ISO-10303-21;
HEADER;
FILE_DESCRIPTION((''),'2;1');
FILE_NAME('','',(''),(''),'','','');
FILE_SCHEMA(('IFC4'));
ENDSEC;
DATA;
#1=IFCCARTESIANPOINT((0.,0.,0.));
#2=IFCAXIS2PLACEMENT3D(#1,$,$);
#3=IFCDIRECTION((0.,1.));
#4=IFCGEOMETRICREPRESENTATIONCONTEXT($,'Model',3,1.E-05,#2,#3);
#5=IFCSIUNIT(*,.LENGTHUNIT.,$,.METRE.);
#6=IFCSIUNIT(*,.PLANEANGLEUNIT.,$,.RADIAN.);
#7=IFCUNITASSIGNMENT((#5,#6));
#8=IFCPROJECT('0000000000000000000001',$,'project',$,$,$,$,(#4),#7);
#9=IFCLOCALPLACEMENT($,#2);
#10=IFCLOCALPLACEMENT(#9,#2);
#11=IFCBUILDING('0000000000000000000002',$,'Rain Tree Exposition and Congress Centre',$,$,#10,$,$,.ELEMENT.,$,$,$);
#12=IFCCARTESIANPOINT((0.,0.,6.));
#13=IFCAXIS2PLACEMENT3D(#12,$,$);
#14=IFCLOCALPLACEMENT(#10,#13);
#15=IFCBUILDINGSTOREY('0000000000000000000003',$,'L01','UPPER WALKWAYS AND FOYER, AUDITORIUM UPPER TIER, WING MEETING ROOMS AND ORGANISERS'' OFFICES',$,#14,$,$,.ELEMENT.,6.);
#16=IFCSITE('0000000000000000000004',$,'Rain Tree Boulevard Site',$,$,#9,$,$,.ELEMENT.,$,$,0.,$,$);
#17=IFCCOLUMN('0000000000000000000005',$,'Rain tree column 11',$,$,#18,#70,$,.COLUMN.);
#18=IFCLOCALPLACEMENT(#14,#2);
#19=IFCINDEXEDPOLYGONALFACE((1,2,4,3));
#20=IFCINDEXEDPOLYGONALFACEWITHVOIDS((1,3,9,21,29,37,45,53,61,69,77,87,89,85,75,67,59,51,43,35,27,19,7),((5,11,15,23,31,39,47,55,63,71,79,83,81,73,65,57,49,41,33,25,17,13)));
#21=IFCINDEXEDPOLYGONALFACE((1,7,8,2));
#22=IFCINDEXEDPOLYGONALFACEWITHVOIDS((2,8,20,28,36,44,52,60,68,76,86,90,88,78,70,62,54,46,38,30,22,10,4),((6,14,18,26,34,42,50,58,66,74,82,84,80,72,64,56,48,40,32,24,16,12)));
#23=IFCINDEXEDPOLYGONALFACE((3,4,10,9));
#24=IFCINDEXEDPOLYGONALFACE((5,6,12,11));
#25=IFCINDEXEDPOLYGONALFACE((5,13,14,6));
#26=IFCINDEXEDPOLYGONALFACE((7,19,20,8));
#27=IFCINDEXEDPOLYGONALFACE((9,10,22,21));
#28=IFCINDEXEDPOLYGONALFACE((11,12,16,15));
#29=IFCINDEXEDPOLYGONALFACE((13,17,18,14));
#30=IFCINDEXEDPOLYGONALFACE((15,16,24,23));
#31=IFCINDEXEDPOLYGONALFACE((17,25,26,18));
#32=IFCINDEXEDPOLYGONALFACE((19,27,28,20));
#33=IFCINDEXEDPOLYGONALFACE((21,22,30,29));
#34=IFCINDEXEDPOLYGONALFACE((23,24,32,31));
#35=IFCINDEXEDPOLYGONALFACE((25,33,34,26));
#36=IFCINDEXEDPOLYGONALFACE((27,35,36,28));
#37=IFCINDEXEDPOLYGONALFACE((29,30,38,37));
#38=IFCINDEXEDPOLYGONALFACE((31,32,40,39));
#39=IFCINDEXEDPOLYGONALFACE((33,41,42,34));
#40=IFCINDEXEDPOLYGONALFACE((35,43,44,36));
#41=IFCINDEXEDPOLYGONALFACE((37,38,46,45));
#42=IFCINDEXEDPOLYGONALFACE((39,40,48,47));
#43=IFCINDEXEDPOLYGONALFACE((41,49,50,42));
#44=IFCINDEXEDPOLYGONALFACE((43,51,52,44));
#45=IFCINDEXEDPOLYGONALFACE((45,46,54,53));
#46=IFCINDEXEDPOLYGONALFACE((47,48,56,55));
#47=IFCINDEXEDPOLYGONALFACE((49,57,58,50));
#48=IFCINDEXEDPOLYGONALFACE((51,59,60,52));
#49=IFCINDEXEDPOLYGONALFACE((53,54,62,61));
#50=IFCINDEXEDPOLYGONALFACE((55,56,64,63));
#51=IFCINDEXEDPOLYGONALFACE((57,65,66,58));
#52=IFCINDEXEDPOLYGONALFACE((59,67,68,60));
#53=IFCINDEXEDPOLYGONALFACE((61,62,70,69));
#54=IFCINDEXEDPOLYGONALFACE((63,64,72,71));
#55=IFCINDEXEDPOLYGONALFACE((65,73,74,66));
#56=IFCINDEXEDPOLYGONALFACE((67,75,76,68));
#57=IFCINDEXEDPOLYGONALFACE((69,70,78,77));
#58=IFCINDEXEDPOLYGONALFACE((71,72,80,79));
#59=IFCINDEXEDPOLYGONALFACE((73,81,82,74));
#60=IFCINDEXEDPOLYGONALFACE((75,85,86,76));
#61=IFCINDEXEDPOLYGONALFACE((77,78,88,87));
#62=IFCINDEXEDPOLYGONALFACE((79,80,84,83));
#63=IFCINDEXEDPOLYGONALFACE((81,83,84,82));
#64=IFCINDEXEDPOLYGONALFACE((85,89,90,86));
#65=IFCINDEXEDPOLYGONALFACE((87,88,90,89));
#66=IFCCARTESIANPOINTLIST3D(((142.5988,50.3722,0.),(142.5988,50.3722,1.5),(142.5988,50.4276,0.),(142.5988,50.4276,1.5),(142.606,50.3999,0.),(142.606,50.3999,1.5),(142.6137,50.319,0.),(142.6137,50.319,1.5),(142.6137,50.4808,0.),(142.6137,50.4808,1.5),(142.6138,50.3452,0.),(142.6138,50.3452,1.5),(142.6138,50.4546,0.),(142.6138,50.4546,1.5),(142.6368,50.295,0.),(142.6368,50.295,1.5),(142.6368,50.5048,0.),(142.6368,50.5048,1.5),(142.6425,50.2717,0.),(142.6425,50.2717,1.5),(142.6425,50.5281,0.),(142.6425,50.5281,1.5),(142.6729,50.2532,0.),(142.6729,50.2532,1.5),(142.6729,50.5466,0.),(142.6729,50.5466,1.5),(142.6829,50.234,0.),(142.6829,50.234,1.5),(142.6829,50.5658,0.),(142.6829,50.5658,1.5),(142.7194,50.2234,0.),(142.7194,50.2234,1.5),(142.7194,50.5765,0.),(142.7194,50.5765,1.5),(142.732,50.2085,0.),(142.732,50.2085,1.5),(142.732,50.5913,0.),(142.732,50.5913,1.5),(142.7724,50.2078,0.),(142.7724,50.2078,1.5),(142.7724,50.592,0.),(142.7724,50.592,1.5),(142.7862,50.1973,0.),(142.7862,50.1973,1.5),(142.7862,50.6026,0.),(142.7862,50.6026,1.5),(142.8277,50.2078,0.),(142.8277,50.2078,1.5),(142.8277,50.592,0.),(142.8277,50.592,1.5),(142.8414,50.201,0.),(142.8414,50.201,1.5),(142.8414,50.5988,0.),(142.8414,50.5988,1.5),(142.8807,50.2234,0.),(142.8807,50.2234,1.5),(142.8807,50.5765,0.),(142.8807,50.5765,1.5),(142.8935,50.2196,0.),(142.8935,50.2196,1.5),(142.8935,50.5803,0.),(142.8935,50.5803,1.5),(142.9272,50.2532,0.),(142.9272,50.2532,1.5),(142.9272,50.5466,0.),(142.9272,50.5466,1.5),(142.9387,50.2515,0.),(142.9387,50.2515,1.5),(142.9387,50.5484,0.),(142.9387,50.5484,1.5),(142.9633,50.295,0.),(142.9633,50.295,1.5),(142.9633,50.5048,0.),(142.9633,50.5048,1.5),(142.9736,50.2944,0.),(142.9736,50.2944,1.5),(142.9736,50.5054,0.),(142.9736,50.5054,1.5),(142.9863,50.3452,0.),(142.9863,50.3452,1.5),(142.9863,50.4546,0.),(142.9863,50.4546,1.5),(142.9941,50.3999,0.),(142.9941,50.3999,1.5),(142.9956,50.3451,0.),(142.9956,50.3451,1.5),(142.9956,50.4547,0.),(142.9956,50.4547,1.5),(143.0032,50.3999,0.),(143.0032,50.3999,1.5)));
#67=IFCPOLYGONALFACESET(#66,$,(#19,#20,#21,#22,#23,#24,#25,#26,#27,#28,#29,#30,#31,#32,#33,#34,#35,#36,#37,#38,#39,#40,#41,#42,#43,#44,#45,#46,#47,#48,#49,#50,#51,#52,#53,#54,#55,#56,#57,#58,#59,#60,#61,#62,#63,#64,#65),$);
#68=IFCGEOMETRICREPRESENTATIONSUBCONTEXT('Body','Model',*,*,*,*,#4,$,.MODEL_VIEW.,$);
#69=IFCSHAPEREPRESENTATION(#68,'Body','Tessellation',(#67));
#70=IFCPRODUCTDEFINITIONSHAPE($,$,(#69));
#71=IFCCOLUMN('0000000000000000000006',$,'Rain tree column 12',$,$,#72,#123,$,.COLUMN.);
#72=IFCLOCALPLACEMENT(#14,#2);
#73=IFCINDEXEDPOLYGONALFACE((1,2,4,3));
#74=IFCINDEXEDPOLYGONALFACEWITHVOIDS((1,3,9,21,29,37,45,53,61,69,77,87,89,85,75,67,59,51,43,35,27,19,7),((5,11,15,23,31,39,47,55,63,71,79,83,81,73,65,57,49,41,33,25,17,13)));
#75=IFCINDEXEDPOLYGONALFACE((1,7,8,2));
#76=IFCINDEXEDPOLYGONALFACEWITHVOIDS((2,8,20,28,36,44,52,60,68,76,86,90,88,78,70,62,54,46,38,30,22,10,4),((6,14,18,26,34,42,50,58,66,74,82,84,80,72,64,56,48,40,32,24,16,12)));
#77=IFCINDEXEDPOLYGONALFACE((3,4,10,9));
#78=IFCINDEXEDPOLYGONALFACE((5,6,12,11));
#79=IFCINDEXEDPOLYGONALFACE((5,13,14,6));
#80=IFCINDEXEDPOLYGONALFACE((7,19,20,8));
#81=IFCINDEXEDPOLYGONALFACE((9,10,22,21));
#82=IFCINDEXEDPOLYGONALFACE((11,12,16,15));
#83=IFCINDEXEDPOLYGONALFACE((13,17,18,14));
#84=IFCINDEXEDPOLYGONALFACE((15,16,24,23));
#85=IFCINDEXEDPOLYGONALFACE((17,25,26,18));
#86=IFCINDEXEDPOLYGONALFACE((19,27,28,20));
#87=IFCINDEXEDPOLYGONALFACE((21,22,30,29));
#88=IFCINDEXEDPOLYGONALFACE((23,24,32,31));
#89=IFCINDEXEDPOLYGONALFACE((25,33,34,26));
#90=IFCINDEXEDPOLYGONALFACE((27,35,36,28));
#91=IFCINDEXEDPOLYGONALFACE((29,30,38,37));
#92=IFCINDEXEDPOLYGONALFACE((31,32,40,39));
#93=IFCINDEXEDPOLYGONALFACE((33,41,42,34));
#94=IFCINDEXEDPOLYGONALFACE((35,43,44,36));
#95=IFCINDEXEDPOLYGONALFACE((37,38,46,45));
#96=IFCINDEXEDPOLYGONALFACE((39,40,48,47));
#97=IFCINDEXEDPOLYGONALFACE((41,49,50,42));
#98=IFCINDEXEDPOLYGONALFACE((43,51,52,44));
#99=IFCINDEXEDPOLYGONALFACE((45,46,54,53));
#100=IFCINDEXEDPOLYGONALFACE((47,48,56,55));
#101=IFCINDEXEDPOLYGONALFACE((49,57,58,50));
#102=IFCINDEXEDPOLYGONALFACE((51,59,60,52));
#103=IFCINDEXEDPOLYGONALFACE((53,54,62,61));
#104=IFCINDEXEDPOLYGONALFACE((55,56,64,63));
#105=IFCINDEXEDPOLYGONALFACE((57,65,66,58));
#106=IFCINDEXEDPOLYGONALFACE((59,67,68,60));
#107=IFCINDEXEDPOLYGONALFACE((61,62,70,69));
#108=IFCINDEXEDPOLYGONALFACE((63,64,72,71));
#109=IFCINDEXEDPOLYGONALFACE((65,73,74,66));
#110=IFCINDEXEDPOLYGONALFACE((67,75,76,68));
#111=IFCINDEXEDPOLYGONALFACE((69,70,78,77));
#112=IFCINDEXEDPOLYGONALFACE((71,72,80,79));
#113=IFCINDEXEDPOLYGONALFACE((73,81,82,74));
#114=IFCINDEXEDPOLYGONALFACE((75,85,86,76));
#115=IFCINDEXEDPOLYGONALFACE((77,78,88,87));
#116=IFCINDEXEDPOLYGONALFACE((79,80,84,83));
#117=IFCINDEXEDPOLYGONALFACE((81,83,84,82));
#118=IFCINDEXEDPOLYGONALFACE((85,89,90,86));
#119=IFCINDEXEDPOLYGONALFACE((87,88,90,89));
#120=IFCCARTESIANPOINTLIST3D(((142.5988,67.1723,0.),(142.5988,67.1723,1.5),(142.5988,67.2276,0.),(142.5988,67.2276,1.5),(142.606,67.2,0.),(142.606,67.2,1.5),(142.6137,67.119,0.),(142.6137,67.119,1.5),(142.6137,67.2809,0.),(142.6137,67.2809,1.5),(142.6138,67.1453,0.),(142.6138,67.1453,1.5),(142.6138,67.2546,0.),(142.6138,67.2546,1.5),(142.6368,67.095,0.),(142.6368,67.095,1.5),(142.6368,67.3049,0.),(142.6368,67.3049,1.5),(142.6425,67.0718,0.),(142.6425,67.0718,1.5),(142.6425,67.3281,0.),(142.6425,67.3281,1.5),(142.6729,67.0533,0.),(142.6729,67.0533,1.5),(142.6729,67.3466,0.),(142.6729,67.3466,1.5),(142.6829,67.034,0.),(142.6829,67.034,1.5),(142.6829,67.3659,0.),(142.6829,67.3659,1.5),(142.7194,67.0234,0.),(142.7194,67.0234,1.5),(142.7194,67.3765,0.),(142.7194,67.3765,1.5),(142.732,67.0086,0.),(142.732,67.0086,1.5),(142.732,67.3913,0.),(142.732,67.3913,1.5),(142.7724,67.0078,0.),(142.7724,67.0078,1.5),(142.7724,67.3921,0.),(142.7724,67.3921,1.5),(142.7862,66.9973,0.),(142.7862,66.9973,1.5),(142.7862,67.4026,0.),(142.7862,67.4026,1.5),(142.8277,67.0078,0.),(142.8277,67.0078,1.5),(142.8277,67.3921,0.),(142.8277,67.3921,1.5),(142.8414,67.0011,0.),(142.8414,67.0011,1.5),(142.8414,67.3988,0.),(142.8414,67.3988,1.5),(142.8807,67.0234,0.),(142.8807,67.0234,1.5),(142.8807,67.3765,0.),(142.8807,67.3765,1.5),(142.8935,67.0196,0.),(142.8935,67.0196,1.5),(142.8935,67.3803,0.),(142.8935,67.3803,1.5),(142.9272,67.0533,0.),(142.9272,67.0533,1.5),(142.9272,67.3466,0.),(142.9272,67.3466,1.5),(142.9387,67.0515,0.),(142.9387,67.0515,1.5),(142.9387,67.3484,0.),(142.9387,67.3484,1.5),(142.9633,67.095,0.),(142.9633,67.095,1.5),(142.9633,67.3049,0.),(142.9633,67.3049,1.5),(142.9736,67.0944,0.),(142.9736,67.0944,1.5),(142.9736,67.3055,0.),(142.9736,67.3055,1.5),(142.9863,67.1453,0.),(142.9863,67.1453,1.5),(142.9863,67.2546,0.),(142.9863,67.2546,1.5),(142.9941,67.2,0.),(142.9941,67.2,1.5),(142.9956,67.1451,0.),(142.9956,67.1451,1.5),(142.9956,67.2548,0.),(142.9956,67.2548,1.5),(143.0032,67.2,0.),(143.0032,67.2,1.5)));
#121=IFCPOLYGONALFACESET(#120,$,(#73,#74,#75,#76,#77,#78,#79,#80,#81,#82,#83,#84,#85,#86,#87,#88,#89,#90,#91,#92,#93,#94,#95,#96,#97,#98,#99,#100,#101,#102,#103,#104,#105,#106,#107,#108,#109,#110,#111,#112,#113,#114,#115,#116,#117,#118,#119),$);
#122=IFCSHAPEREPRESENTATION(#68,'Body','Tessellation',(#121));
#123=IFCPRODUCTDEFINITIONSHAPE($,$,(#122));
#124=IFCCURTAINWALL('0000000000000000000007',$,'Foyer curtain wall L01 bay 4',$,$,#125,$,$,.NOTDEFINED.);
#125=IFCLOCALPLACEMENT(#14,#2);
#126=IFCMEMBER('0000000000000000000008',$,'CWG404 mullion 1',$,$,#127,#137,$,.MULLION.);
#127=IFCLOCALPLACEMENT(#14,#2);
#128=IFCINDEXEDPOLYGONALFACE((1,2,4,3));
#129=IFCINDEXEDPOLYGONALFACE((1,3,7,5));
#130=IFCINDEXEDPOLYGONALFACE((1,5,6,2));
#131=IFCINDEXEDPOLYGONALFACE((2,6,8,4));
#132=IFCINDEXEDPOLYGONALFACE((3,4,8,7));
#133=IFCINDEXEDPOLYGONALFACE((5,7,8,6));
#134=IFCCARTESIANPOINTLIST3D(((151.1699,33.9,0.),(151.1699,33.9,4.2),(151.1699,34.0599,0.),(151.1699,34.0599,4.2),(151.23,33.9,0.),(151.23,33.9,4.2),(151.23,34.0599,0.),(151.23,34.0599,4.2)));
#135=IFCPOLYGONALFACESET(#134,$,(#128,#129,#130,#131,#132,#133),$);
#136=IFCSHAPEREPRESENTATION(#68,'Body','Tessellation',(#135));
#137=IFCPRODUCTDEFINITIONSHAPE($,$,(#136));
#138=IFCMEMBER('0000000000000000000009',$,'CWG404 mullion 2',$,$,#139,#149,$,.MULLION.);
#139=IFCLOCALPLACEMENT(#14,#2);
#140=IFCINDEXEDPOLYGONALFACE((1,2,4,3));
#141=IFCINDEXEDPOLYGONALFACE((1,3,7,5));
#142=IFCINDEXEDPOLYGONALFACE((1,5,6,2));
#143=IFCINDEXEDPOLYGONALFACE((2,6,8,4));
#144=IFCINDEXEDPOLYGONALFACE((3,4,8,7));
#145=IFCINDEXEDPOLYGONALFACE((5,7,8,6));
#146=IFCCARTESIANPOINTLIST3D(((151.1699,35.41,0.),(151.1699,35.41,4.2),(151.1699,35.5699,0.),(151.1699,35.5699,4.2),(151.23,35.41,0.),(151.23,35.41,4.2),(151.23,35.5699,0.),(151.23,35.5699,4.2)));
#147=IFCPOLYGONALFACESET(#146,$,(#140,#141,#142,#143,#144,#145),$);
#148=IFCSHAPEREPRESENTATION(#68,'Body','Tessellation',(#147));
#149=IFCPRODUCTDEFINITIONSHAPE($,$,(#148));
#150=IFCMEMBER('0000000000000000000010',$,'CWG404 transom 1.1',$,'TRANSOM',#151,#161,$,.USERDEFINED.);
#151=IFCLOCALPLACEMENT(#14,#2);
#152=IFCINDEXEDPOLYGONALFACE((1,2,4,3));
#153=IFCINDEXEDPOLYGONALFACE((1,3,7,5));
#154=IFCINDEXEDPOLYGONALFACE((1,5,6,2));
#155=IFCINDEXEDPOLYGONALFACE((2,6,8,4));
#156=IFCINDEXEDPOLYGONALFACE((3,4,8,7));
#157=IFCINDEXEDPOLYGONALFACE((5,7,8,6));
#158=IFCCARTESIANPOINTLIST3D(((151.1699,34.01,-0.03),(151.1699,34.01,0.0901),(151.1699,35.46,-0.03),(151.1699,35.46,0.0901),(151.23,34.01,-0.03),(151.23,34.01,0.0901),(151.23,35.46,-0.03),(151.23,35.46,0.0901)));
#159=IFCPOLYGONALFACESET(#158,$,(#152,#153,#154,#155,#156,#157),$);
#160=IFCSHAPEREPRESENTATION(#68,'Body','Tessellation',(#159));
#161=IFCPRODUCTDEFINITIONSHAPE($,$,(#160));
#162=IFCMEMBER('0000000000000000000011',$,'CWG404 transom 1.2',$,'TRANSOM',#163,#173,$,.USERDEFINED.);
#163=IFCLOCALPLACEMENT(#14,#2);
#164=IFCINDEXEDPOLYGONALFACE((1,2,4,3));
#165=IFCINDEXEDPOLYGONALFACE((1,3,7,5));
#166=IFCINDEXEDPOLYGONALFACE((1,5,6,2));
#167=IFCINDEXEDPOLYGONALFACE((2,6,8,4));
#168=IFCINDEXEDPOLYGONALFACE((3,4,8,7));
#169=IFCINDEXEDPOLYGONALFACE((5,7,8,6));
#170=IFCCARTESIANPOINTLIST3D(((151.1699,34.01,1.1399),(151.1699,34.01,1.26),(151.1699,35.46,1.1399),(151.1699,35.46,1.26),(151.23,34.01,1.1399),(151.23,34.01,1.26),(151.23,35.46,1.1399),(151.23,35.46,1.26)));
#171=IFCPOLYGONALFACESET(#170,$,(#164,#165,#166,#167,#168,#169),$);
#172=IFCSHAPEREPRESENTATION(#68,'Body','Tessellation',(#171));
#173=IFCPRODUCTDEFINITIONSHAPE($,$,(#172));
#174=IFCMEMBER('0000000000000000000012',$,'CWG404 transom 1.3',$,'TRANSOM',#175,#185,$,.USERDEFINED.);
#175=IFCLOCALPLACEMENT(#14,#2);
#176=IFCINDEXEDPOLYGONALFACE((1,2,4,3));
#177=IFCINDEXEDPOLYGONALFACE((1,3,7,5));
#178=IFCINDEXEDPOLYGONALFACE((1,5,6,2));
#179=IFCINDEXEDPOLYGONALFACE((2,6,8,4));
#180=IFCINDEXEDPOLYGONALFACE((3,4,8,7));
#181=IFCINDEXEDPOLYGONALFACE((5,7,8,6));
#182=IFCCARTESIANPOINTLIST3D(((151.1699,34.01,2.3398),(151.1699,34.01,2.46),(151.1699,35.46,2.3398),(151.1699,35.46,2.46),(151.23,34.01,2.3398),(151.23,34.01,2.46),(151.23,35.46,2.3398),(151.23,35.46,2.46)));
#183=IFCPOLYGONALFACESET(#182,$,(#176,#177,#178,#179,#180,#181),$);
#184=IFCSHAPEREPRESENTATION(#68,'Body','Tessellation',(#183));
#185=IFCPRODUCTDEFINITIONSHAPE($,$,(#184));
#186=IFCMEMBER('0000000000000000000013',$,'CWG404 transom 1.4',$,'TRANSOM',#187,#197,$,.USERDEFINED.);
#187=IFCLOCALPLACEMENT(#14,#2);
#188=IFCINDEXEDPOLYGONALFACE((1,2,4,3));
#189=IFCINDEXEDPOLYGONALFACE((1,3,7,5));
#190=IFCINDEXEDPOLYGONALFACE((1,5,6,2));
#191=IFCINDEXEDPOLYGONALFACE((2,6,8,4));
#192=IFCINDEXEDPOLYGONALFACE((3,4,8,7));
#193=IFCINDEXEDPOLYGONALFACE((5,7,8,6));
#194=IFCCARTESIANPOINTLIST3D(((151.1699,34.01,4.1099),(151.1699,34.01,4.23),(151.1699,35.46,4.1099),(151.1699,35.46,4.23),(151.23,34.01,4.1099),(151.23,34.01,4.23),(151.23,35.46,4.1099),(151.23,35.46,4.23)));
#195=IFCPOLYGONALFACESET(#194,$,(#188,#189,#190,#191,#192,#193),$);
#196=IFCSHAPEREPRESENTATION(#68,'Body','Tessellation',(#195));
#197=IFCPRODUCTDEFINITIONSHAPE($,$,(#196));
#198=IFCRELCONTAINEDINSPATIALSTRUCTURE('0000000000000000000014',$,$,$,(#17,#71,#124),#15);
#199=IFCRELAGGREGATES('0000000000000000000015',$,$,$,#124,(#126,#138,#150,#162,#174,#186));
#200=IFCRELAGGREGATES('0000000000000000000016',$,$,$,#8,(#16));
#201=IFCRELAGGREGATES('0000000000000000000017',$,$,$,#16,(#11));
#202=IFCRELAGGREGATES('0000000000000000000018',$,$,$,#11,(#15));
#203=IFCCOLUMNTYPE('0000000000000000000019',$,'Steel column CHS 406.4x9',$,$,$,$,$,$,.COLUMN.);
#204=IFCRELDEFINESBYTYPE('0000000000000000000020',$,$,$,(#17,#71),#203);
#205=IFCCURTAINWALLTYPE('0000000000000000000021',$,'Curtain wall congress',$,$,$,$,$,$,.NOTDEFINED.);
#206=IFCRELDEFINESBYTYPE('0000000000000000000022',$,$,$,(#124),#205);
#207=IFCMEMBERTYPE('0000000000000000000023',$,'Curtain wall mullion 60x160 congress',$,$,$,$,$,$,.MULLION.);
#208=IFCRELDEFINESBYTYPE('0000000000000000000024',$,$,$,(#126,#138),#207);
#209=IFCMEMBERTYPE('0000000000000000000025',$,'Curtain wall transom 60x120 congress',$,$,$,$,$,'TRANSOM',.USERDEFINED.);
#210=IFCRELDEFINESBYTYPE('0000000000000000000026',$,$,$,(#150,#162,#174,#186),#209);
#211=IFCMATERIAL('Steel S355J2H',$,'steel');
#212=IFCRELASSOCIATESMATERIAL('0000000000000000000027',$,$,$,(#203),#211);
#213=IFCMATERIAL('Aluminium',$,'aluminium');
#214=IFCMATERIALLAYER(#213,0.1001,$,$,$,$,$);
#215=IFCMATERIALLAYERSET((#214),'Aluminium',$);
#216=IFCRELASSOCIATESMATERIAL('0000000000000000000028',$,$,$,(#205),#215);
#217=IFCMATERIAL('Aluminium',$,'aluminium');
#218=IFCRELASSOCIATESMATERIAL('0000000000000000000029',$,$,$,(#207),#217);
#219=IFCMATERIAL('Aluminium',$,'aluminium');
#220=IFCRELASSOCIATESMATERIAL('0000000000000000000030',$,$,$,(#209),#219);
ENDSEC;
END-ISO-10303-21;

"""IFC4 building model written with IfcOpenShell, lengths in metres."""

from ifc_helpers import new_model, si_unit, direction, frame, origin, origin_2d, place, context, subcontext, project, spatial, rectangle, hollow_circle, extrude, material, layer, layer_set, material_profile, profile_set, type_object, element, aggregate, save


model = new_model("IFC4")

# Units and contexts
model_context = context("Model", 3, precision=1e-05, world=origin(), true_north=direction((0.0, 1.0)))
body_context = subcontext(model_context, "Body", "Model", "MODEL_VIEW")
ifc_project = project(units=[si_unit("LENGTHUNIT", "METRE"), si_unit("PLANEANGLEUNIT", "RADIAN")], contexts=[model_context])

# Site, building, storey
site_placement = place(None, origin())
site = spatial("IfcSite", under=ifc_project, at=site_placement, Name="Rain Tree Boulevard Site", CompositionType="ELEMENT", RefElevation=0.0)
building_placement = place(site_placement, origin())
building = spatial("IfcBuilding", under=site, at=building_placement, Name="Rain Tree Exposition and Congress Centre", CompositionType="ELEMENT")
storey_placement = place(building_placement, frame((0.0, 0.0, 6.0)))
storey = spatial("IfcBuildingStorey", under=building, at=storey_placement, Name="L01", Description="UPPER WALKWAYS AND FOYER, AUDITORIUM UPPER TIER, WING MEETING ROOMS AND ORGANISERS' OFFICES", CompositionType="ELEMENT", Elevation=6.0)

# Columns
ifc_material_1 = material(Name="Steel S355J2H", Category="steel")
ifc_material_profile_1 = material_profile(ifc_material_1, hollow_circle(Radius=0.2031, WallThickness=0.009, at=origin_2d()), Name="CHS 406.4x9")
ifc_profile_set_1 = profile_set([ifc_material_profile_1], Name="Steel S355J2H")
column_type = type_object("IfcColumnType", Name="Steel column CHS 406.4x9", PredefinedType="COLUMN", material=ifc_profile_set_1)
for number, where, z_axis, x_axis, name in (
    (1, (142.8, 50.3999, 0.0), (0.0, 0.0, 1.0), (1.0, 0.0, 0.0), "Rain tree column 11"),
    (2, (142.8, 67.2, 0.0), (0.0, 0.0, 1.0), (1.0, 0.0, 0.0), "Rain tree column 12"),
):
    element("IfcColumn", number, at=place(storey_placement, frame(where, z_axis=z_axis, x_axis=x_axis)), inside=storey, type_object=column_type, Name=name, PredefinedType="COLUMN", context=body_context, shape_type="SweptSolid", body=[
        extrude(hollow_circle(Radius=0.2031, WallThickness=0.009, at=origin_2d()), origin(), (0.0, 0.0, 1.0), 1.5),
    ])

# Curtain wall, members
ifc_material_2 = material(Name="Aluminium", Category="aluminium")
ifc_layer_1 = layer(ifc_material_2, 0.1001)
ifc_layer_set_1 = layer_set([ifc_layer_1], Name="Aluminium")
curtain_wall_type = type_object("IfcCurtainWallType", Name="Curtain wall congress", PredefinedType="NOTDEFINED", material=ifc_layer_set_1)
curtain_wall_placement = place(storey_placement, origin())
curtain_wall = element("IfcCurtainWall", 3, at=curtain_wall_placement, inside=storey, type_object=curtain_wall_type, Name="Foyer curtain wall L01 bay 4", PredefinedType="NOTDEFINED")
ifc_material_3 = material(Name="Aluminium", Category="aluminium")
ifc_material_profile_2 = material_profile(ifc_material_3, rectangle(XDim=0.0601, YDim=0.1599, at=origin_2d()), Name="AL 60x160")
ifc_profile_set_2 = profile_set([ifc_material_profile_2], Name="Aluminium")
member_type_1 = type_object("IfcMemberType", Name="Curtain wall mullion 60x160 congress", PredefinedType="MULLION", material=ifc_profile_set_2)
member_1_placement = place(storey_placement, frame((151.2, 33.98, 0.0), z_axis=(0.0, 0.0, 1.0), x_axis=(-1.0, 0.0, 0.0)))
member_1 = element("IfcMember", 4, at=member_1_placement, type_object=member_type_1, Name="CWG404 mullion 1", PredefinedType="MULLION", context=body_context, shape_type="SweptSolid", body=[
    extrude(rectangle(XDim=0.0601, YDim=0.1599, at=origin_2d()), origin(), (0.0, 0.0, 1.0), 4.2),
])
member_2_placement = place(storey_placement, frame((151.2, 35.49, 0.0), z_axis=(0.0, 0.0, 1.0), x_axis=(-1.0, 0.0, 0.0)))
member_2 = element("IfcMember", 5, at=member_2_placement, type_object=member_type_1, Name="CWG404 mullion 2", PredefinedType="MULLION", context=body_context, shape_type="SweptSolid", body=[
    extrude(rectangle(XDim=0.0601, YDim=0.1599, at=origin_2d()), origin(), (0.0, 0.0, 1.0), 4.2),
])
ifc_material_4 = material(Name="Aluminium", Category="aluminium")
ifc_material_profile_3 = material_profile(ifc_material_4, rectangle(XDim=0.0601, YDim=0.1201, at=origin_2d()), Name="AL 60x120")
ifc_profile_set_3 = profile_set([ifc_material_profile_3], Name="Aluminium")
member_type_2 = type_object("IfcMemberType", Name="Curtain wall transom 60x120 congress", ElementType="TRANSOM", PredefinedType="USERDEFINED", material=ifc_profile_set_3)
member_3_placement = place(storey_placement, frame((151.2, 34.01, 0.03), z_axis=(0.0, 1.0, 0.0), x_axis=(-1.0, 0.0, 0.0)))
member_3 = element("IfcMember", 6, at=member_3_placement, type_object=member_type_2, Name="CWG404 transom 1.1", ObjectType="TRANSOM", PredefinedType="USERDEFINED", context=body_context, shape_type="SweptSolid", body=[
    extrude(rectangle(XDim=0.0601, YDim=0.1201, at=origin_2d()), origin(), (0.0, 0.0, 1.0), 1.45),
])
member_4_placement = place(storey_placement, frame((151.2, 34.01, 1.2), z_axis=(0.0, 1.0, 0.0), x_axis=(-1.0, 0.0, 0.0)))
member_4 = element("IfcMember", 7, at=member_4_placement, type_object=member_type_2, Name="CWG404 transom 1.2", ObjectType="TRANSOM", PredefinedType="USERDEFINED", context=body_context, shape_type="SweptSolid", body=[
    extrude(rectangle(XDim=0.0601, YDim=0.1201, at=origin_2d()), origin(), (0.0, 0.0, 1.0), 1.45),
])
member_5_placement = place(storey_placement, frame((151.2, 34.01, 2.3999), z_axis=(0.0, 1.0, 0.0), x_axis=(-1.0, 0.0, 0.0)))
member_5 = element("IfcMember", 8, at=member_5_placement, type_object=member_type_2, Name="CWG404 transom 1.3", ObjectType="TRANSOM", PredefinedType="USERDEFINED", context=body_context, shape_type="SweptSolid", body=[
    extrude(rectangle(XDim=0.0601, YDim=0.1201, at=origin_2d()), origin(), (0.0, 0.0, 1.0), 1.45),
])
member_6_placement = place(storey_placement, frame((151.2, 34.01, 4.1699), z_axis=(0.0, 1.0, 0.0), x_axis=(-1.0, 0.0, 0.0)))
member_6 = element("IfcMember", 9, at=member_6_placement, type_object=member_type_2, Name="CWG404 transom 1.4", ObjectType="TRANSOM", PredefinedType="USERDEFINED", context=body_context, shape_type="SweptSolid", body=[
    extrude(rectangle(XDim=0.0601, YDim=0.1201, at=origin_2d()), origin(), (0.0, 0.0, 1.0), 1.45),
])

aggregate(curtain_wall, [member_1, member_2, member_3, member_4, member_5, member_6])

save(model, "model.ifc")
